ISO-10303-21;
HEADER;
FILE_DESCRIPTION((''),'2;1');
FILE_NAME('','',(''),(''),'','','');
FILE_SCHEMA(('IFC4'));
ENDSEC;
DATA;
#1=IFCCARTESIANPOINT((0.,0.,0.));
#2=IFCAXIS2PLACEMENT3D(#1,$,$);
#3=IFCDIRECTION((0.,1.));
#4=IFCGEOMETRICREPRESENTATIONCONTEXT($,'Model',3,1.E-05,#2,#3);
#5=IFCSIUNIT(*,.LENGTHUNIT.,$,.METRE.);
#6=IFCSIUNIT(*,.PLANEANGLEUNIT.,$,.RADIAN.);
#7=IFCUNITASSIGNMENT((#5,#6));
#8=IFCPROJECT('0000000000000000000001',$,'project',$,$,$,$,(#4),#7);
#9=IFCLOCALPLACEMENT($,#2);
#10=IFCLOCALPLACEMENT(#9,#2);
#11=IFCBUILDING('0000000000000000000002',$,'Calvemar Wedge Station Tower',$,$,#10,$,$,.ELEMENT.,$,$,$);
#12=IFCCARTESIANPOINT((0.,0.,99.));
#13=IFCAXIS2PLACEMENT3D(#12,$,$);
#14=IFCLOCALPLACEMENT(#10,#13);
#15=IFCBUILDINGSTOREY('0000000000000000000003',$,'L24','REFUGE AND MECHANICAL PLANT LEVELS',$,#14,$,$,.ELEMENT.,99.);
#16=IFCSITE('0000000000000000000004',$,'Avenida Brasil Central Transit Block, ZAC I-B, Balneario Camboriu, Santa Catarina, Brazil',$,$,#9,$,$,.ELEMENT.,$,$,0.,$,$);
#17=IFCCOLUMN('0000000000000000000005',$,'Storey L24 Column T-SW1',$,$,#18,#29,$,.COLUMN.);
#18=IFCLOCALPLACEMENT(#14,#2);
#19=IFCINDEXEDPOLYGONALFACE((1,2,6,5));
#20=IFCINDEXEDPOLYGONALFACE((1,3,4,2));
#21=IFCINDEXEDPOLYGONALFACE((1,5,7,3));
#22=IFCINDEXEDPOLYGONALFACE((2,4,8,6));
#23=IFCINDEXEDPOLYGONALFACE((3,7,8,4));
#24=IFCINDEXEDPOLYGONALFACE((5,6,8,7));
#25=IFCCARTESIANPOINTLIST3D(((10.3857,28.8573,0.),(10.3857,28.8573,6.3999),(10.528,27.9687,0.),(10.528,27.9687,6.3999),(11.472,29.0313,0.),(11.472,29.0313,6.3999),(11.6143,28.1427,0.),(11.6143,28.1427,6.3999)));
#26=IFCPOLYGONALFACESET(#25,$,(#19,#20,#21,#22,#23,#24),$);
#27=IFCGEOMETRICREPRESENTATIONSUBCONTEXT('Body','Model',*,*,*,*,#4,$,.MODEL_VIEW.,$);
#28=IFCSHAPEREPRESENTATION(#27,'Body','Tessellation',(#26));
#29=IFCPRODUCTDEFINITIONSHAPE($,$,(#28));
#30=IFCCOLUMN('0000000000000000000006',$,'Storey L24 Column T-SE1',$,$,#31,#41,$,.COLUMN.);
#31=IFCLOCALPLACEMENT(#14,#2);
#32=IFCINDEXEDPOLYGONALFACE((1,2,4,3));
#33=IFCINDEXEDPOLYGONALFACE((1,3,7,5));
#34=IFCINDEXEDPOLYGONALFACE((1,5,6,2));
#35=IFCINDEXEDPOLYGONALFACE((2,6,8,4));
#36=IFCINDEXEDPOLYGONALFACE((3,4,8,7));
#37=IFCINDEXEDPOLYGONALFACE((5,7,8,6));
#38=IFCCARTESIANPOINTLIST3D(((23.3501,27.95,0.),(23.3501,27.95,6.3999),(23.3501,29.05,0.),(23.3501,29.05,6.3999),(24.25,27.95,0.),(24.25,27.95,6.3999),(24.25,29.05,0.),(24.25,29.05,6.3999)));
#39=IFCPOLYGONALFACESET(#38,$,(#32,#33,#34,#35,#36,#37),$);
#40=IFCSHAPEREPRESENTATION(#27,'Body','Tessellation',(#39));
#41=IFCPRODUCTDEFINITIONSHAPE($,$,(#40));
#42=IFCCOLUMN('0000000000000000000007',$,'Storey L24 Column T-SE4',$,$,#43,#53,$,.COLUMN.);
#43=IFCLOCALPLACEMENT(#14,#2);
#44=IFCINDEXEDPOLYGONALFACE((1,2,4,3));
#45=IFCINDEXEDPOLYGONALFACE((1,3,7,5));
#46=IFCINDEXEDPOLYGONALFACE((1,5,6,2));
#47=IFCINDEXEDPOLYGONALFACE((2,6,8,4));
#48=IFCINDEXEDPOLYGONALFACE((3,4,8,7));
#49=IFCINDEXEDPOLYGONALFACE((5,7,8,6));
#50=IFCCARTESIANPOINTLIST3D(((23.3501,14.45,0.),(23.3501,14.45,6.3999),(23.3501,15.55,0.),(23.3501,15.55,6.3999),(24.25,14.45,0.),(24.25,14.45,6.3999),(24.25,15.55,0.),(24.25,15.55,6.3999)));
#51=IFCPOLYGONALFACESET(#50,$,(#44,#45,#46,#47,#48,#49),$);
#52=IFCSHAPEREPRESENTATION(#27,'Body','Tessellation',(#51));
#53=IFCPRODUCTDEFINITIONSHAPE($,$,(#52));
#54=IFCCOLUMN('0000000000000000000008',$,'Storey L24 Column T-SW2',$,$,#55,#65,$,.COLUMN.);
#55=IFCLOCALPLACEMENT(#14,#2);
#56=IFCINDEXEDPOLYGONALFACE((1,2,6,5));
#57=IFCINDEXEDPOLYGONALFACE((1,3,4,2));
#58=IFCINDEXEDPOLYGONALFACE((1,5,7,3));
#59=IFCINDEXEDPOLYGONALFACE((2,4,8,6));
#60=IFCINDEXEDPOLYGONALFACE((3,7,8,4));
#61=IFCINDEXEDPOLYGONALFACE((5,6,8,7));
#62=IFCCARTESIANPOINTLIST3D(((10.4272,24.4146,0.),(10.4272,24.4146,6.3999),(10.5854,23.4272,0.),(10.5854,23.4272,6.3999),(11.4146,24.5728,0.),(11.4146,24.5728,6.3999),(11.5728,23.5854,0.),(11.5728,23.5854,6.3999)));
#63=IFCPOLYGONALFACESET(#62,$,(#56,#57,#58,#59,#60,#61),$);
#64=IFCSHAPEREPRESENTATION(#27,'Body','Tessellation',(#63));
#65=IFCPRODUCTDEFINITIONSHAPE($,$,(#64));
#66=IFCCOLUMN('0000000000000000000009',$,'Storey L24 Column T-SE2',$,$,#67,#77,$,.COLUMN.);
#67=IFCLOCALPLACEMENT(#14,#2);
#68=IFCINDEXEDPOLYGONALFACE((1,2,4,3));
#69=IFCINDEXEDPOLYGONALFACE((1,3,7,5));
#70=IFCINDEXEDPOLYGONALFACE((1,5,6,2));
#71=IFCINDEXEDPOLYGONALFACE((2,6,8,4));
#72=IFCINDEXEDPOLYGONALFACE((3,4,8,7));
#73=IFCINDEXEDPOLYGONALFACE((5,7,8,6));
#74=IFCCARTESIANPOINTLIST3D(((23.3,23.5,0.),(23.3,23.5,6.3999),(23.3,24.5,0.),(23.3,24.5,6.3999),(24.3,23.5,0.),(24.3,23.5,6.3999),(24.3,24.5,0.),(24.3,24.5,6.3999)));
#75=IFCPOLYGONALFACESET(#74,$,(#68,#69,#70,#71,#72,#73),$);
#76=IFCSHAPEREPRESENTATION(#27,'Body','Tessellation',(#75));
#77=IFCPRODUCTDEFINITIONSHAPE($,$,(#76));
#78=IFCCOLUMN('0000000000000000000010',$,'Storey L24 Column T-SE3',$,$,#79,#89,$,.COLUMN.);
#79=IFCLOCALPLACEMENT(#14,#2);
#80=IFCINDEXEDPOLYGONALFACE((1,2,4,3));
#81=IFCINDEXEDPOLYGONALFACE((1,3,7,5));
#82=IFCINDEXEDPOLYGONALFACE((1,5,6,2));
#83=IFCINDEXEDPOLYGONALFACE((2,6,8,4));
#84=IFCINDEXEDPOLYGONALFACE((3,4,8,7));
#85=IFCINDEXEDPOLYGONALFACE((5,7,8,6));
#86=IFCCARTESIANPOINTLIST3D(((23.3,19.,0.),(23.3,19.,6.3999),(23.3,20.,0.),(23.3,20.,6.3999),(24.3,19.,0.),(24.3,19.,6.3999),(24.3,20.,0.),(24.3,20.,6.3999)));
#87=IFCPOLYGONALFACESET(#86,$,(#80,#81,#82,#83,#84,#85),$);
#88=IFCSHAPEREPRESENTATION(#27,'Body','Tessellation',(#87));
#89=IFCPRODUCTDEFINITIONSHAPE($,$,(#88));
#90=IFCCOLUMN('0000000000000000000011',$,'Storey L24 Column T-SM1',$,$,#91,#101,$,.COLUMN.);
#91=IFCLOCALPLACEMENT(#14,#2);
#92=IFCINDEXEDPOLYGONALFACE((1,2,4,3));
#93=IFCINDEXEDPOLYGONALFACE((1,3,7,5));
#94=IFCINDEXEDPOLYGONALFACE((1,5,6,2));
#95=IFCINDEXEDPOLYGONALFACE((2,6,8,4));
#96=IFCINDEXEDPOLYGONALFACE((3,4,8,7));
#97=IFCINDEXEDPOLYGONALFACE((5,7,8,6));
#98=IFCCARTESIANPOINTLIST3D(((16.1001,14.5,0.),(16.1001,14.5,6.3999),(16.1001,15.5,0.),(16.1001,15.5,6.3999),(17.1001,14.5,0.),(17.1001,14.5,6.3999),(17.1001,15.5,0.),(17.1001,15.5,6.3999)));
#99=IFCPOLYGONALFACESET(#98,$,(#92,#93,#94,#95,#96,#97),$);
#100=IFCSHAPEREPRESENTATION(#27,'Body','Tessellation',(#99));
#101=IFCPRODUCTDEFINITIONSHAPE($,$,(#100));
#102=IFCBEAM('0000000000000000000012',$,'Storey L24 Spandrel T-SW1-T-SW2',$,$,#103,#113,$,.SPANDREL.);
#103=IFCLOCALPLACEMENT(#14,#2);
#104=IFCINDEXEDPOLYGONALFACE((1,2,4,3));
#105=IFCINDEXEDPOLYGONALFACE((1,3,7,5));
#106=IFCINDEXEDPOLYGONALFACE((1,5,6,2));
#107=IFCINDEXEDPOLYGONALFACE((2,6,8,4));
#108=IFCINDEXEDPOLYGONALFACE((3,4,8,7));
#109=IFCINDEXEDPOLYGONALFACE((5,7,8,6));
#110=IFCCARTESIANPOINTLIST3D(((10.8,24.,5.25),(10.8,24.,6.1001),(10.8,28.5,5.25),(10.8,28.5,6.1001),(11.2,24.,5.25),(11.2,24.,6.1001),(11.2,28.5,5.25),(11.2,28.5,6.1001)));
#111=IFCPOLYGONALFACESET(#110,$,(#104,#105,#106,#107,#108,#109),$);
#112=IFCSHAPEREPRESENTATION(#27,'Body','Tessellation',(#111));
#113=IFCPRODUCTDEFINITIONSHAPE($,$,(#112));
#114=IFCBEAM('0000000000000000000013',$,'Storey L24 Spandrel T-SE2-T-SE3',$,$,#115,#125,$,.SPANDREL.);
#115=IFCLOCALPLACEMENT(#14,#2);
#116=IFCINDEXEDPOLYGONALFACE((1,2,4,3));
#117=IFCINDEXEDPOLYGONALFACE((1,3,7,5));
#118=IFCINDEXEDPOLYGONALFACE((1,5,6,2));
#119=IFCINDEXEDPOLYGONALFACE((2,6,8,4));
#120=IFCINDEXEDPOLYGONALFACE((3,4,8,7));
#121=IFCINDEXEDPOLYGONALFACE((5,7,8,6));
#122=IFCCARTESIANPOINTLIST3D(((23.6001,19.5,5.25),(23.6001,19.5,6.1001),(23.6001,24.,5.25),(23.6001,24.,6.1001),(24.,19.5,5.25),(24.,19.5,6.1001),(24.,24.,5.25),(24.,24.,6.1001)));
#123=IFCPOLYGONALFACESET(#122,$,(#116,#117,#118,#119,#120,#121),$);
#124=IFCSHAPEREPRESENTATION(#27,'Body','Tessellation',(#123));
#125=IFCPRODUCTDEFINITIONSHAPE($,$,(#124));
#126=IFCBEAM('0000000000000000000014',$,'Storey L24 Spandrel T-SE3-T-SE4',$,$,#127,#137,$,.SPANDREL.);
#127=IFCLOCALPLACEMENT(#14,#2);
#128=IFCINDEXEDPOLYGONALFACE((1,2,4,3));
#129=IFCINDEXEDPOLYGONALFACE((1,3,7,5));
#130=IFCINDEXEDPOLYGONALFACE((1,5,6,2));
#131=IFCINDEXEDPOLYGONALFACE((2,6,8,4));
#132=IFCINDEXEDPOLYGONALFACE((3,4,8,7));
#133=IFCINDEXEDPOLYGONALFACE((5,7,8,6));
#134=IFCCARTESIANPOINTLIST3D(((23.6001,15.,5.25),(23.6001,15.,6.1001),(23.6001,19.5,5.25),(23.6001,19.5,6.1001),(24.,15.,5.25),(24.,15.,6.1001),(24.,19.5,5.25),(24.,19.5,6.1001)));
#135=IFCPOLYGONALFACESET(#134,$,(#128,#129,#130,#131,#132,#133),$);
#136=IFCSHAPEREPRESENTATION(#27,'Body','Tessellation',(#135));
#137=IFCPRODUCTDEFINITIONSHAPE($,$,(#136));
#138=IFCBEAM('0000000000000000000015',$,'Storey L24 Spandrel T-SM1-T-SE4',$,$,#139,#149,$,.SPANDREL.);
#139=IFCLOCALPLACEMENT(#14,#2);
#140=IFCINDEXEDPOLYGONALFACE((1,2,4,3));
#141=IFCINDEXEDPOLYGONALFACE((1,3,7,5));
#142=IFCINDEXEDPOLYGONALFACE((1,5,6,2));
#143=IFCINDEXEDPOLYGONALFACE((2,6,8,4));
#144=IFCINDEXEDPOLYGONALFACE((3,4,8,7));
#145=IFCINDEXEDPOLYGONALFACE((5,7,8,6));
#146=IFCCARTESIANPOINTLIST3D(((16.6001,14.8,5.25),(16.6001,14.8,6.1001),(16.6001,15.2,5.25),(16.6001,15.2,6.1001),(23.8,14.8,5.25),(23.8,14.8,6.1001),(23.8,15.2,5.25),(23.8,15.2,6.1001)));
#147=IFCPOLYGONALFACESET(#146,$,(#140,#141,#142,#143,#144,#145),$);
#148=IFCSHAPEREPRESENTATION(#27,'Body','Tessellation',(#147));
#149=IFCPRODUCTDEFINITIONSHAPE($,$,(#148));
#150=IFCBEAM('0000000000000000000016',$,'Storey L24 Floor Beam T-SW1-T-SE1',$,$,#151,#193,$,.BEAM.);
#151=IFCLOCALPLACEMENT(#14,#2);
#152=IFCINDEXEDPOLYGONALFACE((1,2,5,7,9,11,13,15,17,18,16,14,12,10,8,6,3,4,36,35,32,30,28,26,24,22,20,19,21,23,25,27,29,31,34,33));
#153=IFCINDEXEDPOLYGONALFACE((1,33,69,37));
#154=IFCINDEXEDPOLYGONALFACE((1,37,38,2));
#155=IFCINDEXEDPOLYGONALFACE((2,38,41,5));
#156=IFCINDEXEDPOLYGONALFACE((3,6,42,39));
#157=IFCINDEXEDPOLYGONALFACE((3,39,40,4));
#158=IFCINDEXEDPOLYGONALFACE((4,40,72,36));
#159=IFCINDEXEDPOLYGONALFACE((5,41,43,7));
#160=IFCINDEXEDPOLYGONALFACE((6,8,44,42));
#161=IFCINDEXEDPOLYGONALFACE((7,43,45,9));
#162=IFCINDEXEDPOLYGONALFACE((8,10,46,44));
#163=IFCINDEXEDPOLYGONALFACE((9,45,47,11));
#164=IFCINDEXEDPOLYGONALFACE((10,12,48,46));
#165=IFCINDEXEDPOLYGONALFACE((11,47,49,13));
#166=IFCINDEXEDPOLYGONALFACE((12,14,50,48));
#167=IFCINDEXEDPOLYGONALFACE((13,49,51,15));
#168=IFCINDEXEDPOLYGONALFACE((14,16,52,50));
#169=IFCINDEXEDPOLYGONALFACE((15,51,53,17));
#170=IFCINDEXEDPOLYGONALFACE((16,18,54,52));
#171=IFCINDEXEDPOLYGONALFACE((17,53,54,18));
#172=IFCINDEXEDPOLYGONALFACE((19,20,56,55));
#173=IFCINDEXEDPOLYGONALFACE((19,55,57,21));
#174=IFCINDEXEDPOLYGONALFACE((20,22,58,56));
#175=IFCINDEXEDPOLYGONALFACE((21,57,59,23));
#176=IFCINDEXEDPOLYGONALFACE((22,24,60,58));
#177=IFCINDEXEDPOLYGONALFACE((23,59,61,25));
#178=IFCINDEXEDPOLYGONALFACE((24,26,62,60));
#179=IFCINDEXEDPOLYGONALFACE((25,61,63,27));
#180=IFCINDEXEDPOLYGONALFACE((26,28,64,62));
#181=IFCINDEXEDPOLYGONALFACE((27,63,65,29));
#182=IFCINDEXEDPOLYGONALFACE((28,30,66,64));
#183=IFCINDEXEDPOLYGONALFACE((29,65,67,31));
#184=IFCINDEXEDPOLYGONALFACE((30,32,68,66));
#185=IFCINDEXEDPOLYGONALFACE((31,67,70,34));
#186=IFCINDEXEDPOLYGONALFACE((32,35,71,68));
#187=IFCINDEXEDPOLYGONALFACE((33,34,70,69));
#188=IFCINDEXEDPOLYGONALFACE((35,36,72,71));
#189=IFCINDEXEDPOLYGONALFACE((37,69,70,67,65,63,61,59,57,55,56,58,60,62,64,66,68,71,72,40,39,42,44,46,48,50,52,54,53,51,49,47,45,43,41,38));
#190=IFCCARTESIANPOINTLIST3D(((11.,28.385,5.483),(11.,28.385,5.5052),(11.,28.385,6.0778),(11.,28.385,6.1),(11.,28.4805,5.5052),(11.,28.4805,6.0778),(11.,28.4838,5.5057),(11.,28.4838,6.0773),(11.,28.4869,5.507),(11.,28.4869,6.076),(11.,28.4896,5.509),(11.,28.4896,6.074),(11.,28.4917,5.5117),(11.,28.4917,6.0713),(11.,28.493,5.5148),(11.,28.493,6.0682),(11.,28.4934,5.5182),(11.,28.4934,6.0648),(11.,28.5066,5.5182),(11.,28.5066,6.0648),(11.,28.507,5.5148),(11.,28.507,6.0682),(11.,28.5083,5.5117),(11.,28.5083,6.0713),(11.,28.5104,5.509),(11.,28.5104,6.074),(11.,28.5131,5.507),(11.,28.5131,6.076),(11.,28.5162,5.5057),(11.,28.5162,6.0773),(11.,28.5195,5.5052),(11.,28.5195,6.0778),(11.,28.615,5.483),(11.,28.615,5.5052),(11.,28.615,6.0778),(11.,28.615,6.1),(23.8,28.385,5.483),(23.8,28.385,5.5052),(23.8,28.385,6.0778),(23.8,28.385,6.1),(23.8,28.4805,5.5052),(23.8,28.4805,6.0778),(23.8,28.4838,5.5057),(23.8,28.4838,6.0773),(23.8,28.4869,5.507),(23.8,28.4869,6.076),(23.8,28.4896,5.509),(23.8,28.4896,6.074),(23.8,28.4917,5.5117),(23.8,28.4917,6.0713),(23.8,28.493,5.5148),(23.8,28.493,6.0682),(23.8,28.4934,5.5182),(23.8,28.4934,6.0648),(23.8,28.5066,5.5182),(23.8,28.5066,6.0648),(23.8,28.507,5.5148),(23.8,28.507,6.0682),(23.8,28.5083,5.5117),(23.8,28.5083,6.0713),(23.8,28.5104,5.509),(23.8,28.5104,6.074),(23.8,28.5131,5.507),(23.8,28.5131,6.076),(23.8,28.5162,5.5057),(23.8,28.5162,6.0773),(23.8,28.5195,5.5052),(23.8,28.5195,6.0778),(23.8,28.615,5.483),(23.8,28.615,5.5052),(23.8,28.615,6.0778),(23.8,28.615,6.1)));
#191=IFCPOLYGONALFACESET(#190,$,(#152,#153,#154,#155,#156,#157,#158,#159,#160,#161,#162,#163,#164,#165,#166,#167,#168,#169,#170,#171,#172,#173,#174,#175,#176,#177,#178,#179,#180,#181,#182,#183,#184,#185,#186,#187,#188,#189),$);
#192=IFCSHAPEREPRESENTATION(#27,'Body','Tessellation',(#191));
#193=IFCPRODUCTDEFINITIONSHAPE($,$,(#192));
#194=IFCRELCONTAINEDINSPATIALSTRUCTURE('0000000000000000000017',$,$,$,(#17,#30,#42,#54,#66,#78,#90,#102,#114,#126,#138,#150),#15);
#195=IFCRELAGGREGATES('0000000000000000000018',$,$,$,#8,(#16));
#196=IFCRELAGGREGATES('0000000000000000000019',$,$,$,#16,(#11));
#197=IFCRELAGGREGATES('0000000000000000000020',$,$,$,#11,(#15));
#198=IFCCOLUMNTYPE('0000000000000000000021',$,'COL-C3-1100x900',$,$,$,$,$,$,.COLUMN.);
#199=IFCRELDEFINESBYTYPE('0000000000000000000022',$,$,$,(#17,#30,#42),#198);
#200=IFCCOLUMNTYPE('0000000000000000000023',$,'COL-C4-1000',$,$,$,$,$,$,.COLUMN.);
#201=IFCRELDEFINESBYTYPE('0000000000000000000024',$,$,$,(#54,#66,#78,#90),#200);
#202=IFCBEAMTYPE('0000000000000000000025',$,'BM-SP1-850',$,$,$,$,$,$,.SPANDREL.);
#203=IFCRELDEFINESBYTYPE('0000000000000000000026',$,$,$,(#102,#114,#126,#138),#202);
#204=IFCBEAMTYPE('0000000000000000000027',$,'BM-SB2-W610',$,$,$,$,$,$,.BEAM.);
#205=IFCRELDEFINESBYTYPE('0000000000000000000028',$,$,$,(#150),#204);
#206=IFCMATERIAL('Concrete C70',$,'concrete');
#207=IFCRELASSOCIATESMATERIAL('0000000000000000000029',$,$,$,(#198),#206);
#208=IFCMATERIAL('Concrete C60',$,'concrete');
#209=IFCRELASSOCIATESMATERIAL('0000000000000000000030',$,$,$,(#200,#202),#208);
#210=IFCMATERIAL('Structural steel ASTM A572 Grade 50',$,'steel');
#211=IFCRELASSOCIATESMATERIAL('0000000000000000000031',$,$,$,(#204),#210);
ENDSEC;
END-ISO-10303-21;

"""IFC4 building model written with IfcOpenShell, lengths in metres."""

from ifc_helpers import new_model, si_unit, direction, frame, origin, origin_2d, place, context, subcontext, project, spatial, rectangle, i_section, extrude, source, transform, mapped, material, material_profile, profile_set, type_object, element, save


model = new_model("IFC4")

# Units and contexts
model_context = context("Model", 3, precision=1e-05, world=origin(), true_north=direction((0.0, 1.0)))
body_context = subcontext(model_context, "Body", "Model", "MODEL_VIEW")
ifc_project = project(units=[si_unit("LENGTHUNIT", "METRE"), si_unit("PLANEANGLEUNIT", "RADIAN")], contexts=[model_context])

# Site, building, storey
site_placement = place(None, origin())
site = spatial("IfcSite", under=ifc_project, at=site_placement, Name="Avenida Brasil Central Transit Block, ZAC I-B, Balneario Camboriu, Santa Catarina, Brazil", CompositionType="ELEMENT", RefElevation=0.0)
building_placement = place(site_placement, origin())
building = spatial("IfcBuilding", under=site, at=building_placement, Name="Calvemar Wedge Station Tower", CompositionType="ELEMENT")
storey_placement = place(building_placement, frame((0.0, 0.0, 99.0)))
storey = spatial("IfcBuildingStorey", under=building, at=storey_placement, Name="L24", Description="REFUGE AND MECHANICAL PLANT LEVELS", CompositionType="ELEMENT", Elevation=99.0)

# Columns
ifc_material_1 = material(Name="Concrete C70", Category="concrete")
ifc_material_profile_1 = material_profile(ifc_material_1, rectangle(XDim=0.8999, YDim=1.1001, at=origin_2d()), Name="RC1100x900")
ifc_profile_set_1 = profile_set([ifc_material_profile_1], Name="Concrete C70")
column_type_1 = type_object("IfcColumnType", Name="COL-C3-1100x900", PredefinedType="COLUMN", material=ifc_profile_set_1)
shared_shape_1 = source(origin(), body_context, "Body", "SweptSolid", [
    extrude(rectangle(XDim=0.8999, YDim=1.1001, at=origin_2d()), origin(), (0.0, 0.0, 1.0), 6.3999),
])
for number, where, z_axis, x_axis, name in (
    (1, (11.0, 28.5, 0.0), (0.0, 0.0, 1.0), (0.158158, -0.987414, 0.0), "Storey L24 Column T-SW1"),
    (2, (23.8, 28.5, 0.0), (0.0, 0.0, 1.0), (1.0, 0.0, 0.0), "Storey L24 Column T-SE1"),
    (3, (23.8, 15.0, 0.0), (0.0, 0.0, 1.0), (1.0, 0.0, 0.0), "Storey L24 Column T-SE4"),
):
    element("IfcColumn", number, at=place(storey_placement, frame(where, z_axis=z_axis, x_axis=x_axis)), inside=storey, type_object=column_type_1, Name=name, PredefinedType="COLUMN", context=body_context, shape_type="MappedRepresentation", body=[
        mapped(shared_shape_1, transform((0.0, 0.0, 0.0), scale=1.0)),
    ])
ifc_material_2 = material(Name="Concrete C60", Category="concrete")
ifc_material_profile_2 = material_profile(ifc_material_2, rectangle(XDim=1.0, YDim=1.0, at=origin_2d()), Name="RC1000x1000")
ifc_profile_set_2 = profile_set([ifc_material_profile_2], Name="Concrete C60")
column_type_2 = type_object("IfcColumnType", Name="COL-C4-1000", PredefinedType="COLUMN", material=ifc_profile_set_2)
shared_shape_2 = source(origin(), body_context, "Body", "SweptSolid", [
    extrude(rectangle(XDim=1.0, YDim=1.0, at=origin_2d()), origin(), (0.0, 0.0, 1.0), 6.3999),
])
for number, where, z_axis, x_axis, name in (
    (4, (11.0, 24.0, 0.0), (0.0, 0.0, 1.0), (0.158158, -0.987414, 0.0), "Storey L24 Column T-SW2"),
    (5, (23.8, 24.0, 0.0), (0.0, 0.0, 1.0), (1.0, 0.0, 0.0), "Storey L24 Column T-SE2"),
    (6, (23.8, 19.5, 0.0), (0.0, 0.0, 1.0), (1.0, 0.0, 0.0), "Storey L24 Column T-SE3"),
    (7, (16.6001, 15.0, 0.0), (0.0, 0.0, 1.0), (1.0, 0.0, 0.0), "Storey L24 Column T-SM1"),
):
    element("IfcColumn", number, at=place(storey_placement, frame(where, z_axis=z_axis, x_axis=x_axis)), inside=storey, type_object=column_type_2, Name=name, PredefinedType="COLUMN", context=body_context, shape_type="MappedRepresentation", body=[
        mapped(shared_shape_2, transform((0.0, 0.0, 0.0), scale=1.0)),
    ])

# Beams
ifc_material_profile_3 = material_profile(ifc_material_2, rectangle(XDim=0.3999, YDim=0.8501, at=origin_2d()), Name="RC400x850")
ifc_profile_set_3 = profile_set([ifc_material_profile_3], Name="Concrete C60")
beam_type_1 = type_object("IfcBeamType", Name="BM-SP1-850", PredefinedType="SPANDREL", material=ifc_profile_set_3)
shared_shape_3 = source(origin(), body_context, "Body", "SweptSolid", [
    extrude(rectangle(XDim=0.3999, YDim=0.8501, at=origin_2d()), origin(), (0.0, 0.0, 1.0), 4.5),
])
for number, where, z_axis, x_axis, name in (
    (8, (11.0, 28.5, 5.675), (0.0, -1.0, 0.0), (1.0, 0.0, 0.0), "Storey L24 Spandrel T-SW1-T-SW2"),
    (9, (23.8, 24.0, 5.675), (0.0, -1.0, 0.0), (1.0, 0.0, 0.0), "Storey L24 Spandrel T-SE2-T-SE3"),
    (10, (23.8, 19.5, 5.675), (0.0, -1.0, 0.0), (1.0, 0.0, 0.0), "Storey L24 Spandrel T-SE3-T-SE4"),
):
    element("IfcBeam", number, at=place(storey_placement, frame(where, z_axis=z_axis, x_axis=x_axis)), inside=storey, type_object=beam_type_1, Name=name, PredefinedType="SPANDREL", context=body_context, shape_type="MappedRepresentation", body=[
        mapped(shared_shape_3, transform((0.0, 0.0, 0.0), scale=1.0)),
    ])
shared_shape_4 = source(origin(), body_context, "Body", "SweptSolid", [
    extrude(rectangle(XDim=0.3999, YDim=0.8501, at=origin_2d()), origin(), (0.0, 0.0, 1.0), 7.2),
])
beam_1_placement = place(storey_placement, frame((16.6001, 15.0, 5.675), z_axis=(1.0, 0.0, 0.0), x_axis=(0.0, 1.0, 0.0)))
element("IfcBeam", 11, at=beam_1_placement, inside=storey, type_object=beam_type_1, Name="Storey L24 Spandrel T-SM1-T-SE4", PredefinedType="SPANDREL", context=body_context, shape_type="MappedRepresentation", body=[
    mapped(shared_shape_4, transform((0.0, 0.0, 0.0), scale=1.0)),
])
ifc_material_3 = material(Name="Structural steel ASTM A572 Grade 50", Category="steel")
ifc_material_profile_4 = material_profile(ifc_material_3, i_section(OverallWidth=0.23, OverallDepth=0.6169, WebThickness=0.0132, FlangeThickness=0.0222, FilletRadius=0.0129, at=origin_2d()), Name="W610x140")
ifc_profile_set_4 = profile_set([ifc_material_profile_4], Name="Structural steel ASTM A572 Grade 50")
beam_type_2 = type_object("IfcBeamType", Name="BM-SB2-W610", PredefinedType="BEAM", material=ifc_profile_set_4)
shared_shape_5 = source(origin(), body_context, "Body", "SweptSolid", [
    extrude(i_section(OverallWidth=0.23, OverallDepth=0.6169, WebThickness=0.0132, FlangeThickness=0.0222, FilletRadius=0.0129, at=origin_2d()), origin(), (0.0, 0.0, 1.0), 12.8),
])
for number, where, z_axis, x_axis, name in (
    (12, (11.0, 28.5, 5.7915), (1.0, 0.0, 0.0), (0.0, 1.0, 0.0), "Storey L24 Floor Beam T-SW1-T-SE1"),
):
    element("IfcBeam", number, at=place(storey_placement, frame(where, z_axis=z_axis, x_axis=x_axis)), inside=storey, type_object=beam_type_2, Name=name, PredefinedType="BEAM", context=body_context, shape_type="MappedRepresentation", body=[
        mapped(shared_shape_5, transform((0.0, 0.0, 0.0), scale=1.0)),
    ])

save(model, "model.ifc")
